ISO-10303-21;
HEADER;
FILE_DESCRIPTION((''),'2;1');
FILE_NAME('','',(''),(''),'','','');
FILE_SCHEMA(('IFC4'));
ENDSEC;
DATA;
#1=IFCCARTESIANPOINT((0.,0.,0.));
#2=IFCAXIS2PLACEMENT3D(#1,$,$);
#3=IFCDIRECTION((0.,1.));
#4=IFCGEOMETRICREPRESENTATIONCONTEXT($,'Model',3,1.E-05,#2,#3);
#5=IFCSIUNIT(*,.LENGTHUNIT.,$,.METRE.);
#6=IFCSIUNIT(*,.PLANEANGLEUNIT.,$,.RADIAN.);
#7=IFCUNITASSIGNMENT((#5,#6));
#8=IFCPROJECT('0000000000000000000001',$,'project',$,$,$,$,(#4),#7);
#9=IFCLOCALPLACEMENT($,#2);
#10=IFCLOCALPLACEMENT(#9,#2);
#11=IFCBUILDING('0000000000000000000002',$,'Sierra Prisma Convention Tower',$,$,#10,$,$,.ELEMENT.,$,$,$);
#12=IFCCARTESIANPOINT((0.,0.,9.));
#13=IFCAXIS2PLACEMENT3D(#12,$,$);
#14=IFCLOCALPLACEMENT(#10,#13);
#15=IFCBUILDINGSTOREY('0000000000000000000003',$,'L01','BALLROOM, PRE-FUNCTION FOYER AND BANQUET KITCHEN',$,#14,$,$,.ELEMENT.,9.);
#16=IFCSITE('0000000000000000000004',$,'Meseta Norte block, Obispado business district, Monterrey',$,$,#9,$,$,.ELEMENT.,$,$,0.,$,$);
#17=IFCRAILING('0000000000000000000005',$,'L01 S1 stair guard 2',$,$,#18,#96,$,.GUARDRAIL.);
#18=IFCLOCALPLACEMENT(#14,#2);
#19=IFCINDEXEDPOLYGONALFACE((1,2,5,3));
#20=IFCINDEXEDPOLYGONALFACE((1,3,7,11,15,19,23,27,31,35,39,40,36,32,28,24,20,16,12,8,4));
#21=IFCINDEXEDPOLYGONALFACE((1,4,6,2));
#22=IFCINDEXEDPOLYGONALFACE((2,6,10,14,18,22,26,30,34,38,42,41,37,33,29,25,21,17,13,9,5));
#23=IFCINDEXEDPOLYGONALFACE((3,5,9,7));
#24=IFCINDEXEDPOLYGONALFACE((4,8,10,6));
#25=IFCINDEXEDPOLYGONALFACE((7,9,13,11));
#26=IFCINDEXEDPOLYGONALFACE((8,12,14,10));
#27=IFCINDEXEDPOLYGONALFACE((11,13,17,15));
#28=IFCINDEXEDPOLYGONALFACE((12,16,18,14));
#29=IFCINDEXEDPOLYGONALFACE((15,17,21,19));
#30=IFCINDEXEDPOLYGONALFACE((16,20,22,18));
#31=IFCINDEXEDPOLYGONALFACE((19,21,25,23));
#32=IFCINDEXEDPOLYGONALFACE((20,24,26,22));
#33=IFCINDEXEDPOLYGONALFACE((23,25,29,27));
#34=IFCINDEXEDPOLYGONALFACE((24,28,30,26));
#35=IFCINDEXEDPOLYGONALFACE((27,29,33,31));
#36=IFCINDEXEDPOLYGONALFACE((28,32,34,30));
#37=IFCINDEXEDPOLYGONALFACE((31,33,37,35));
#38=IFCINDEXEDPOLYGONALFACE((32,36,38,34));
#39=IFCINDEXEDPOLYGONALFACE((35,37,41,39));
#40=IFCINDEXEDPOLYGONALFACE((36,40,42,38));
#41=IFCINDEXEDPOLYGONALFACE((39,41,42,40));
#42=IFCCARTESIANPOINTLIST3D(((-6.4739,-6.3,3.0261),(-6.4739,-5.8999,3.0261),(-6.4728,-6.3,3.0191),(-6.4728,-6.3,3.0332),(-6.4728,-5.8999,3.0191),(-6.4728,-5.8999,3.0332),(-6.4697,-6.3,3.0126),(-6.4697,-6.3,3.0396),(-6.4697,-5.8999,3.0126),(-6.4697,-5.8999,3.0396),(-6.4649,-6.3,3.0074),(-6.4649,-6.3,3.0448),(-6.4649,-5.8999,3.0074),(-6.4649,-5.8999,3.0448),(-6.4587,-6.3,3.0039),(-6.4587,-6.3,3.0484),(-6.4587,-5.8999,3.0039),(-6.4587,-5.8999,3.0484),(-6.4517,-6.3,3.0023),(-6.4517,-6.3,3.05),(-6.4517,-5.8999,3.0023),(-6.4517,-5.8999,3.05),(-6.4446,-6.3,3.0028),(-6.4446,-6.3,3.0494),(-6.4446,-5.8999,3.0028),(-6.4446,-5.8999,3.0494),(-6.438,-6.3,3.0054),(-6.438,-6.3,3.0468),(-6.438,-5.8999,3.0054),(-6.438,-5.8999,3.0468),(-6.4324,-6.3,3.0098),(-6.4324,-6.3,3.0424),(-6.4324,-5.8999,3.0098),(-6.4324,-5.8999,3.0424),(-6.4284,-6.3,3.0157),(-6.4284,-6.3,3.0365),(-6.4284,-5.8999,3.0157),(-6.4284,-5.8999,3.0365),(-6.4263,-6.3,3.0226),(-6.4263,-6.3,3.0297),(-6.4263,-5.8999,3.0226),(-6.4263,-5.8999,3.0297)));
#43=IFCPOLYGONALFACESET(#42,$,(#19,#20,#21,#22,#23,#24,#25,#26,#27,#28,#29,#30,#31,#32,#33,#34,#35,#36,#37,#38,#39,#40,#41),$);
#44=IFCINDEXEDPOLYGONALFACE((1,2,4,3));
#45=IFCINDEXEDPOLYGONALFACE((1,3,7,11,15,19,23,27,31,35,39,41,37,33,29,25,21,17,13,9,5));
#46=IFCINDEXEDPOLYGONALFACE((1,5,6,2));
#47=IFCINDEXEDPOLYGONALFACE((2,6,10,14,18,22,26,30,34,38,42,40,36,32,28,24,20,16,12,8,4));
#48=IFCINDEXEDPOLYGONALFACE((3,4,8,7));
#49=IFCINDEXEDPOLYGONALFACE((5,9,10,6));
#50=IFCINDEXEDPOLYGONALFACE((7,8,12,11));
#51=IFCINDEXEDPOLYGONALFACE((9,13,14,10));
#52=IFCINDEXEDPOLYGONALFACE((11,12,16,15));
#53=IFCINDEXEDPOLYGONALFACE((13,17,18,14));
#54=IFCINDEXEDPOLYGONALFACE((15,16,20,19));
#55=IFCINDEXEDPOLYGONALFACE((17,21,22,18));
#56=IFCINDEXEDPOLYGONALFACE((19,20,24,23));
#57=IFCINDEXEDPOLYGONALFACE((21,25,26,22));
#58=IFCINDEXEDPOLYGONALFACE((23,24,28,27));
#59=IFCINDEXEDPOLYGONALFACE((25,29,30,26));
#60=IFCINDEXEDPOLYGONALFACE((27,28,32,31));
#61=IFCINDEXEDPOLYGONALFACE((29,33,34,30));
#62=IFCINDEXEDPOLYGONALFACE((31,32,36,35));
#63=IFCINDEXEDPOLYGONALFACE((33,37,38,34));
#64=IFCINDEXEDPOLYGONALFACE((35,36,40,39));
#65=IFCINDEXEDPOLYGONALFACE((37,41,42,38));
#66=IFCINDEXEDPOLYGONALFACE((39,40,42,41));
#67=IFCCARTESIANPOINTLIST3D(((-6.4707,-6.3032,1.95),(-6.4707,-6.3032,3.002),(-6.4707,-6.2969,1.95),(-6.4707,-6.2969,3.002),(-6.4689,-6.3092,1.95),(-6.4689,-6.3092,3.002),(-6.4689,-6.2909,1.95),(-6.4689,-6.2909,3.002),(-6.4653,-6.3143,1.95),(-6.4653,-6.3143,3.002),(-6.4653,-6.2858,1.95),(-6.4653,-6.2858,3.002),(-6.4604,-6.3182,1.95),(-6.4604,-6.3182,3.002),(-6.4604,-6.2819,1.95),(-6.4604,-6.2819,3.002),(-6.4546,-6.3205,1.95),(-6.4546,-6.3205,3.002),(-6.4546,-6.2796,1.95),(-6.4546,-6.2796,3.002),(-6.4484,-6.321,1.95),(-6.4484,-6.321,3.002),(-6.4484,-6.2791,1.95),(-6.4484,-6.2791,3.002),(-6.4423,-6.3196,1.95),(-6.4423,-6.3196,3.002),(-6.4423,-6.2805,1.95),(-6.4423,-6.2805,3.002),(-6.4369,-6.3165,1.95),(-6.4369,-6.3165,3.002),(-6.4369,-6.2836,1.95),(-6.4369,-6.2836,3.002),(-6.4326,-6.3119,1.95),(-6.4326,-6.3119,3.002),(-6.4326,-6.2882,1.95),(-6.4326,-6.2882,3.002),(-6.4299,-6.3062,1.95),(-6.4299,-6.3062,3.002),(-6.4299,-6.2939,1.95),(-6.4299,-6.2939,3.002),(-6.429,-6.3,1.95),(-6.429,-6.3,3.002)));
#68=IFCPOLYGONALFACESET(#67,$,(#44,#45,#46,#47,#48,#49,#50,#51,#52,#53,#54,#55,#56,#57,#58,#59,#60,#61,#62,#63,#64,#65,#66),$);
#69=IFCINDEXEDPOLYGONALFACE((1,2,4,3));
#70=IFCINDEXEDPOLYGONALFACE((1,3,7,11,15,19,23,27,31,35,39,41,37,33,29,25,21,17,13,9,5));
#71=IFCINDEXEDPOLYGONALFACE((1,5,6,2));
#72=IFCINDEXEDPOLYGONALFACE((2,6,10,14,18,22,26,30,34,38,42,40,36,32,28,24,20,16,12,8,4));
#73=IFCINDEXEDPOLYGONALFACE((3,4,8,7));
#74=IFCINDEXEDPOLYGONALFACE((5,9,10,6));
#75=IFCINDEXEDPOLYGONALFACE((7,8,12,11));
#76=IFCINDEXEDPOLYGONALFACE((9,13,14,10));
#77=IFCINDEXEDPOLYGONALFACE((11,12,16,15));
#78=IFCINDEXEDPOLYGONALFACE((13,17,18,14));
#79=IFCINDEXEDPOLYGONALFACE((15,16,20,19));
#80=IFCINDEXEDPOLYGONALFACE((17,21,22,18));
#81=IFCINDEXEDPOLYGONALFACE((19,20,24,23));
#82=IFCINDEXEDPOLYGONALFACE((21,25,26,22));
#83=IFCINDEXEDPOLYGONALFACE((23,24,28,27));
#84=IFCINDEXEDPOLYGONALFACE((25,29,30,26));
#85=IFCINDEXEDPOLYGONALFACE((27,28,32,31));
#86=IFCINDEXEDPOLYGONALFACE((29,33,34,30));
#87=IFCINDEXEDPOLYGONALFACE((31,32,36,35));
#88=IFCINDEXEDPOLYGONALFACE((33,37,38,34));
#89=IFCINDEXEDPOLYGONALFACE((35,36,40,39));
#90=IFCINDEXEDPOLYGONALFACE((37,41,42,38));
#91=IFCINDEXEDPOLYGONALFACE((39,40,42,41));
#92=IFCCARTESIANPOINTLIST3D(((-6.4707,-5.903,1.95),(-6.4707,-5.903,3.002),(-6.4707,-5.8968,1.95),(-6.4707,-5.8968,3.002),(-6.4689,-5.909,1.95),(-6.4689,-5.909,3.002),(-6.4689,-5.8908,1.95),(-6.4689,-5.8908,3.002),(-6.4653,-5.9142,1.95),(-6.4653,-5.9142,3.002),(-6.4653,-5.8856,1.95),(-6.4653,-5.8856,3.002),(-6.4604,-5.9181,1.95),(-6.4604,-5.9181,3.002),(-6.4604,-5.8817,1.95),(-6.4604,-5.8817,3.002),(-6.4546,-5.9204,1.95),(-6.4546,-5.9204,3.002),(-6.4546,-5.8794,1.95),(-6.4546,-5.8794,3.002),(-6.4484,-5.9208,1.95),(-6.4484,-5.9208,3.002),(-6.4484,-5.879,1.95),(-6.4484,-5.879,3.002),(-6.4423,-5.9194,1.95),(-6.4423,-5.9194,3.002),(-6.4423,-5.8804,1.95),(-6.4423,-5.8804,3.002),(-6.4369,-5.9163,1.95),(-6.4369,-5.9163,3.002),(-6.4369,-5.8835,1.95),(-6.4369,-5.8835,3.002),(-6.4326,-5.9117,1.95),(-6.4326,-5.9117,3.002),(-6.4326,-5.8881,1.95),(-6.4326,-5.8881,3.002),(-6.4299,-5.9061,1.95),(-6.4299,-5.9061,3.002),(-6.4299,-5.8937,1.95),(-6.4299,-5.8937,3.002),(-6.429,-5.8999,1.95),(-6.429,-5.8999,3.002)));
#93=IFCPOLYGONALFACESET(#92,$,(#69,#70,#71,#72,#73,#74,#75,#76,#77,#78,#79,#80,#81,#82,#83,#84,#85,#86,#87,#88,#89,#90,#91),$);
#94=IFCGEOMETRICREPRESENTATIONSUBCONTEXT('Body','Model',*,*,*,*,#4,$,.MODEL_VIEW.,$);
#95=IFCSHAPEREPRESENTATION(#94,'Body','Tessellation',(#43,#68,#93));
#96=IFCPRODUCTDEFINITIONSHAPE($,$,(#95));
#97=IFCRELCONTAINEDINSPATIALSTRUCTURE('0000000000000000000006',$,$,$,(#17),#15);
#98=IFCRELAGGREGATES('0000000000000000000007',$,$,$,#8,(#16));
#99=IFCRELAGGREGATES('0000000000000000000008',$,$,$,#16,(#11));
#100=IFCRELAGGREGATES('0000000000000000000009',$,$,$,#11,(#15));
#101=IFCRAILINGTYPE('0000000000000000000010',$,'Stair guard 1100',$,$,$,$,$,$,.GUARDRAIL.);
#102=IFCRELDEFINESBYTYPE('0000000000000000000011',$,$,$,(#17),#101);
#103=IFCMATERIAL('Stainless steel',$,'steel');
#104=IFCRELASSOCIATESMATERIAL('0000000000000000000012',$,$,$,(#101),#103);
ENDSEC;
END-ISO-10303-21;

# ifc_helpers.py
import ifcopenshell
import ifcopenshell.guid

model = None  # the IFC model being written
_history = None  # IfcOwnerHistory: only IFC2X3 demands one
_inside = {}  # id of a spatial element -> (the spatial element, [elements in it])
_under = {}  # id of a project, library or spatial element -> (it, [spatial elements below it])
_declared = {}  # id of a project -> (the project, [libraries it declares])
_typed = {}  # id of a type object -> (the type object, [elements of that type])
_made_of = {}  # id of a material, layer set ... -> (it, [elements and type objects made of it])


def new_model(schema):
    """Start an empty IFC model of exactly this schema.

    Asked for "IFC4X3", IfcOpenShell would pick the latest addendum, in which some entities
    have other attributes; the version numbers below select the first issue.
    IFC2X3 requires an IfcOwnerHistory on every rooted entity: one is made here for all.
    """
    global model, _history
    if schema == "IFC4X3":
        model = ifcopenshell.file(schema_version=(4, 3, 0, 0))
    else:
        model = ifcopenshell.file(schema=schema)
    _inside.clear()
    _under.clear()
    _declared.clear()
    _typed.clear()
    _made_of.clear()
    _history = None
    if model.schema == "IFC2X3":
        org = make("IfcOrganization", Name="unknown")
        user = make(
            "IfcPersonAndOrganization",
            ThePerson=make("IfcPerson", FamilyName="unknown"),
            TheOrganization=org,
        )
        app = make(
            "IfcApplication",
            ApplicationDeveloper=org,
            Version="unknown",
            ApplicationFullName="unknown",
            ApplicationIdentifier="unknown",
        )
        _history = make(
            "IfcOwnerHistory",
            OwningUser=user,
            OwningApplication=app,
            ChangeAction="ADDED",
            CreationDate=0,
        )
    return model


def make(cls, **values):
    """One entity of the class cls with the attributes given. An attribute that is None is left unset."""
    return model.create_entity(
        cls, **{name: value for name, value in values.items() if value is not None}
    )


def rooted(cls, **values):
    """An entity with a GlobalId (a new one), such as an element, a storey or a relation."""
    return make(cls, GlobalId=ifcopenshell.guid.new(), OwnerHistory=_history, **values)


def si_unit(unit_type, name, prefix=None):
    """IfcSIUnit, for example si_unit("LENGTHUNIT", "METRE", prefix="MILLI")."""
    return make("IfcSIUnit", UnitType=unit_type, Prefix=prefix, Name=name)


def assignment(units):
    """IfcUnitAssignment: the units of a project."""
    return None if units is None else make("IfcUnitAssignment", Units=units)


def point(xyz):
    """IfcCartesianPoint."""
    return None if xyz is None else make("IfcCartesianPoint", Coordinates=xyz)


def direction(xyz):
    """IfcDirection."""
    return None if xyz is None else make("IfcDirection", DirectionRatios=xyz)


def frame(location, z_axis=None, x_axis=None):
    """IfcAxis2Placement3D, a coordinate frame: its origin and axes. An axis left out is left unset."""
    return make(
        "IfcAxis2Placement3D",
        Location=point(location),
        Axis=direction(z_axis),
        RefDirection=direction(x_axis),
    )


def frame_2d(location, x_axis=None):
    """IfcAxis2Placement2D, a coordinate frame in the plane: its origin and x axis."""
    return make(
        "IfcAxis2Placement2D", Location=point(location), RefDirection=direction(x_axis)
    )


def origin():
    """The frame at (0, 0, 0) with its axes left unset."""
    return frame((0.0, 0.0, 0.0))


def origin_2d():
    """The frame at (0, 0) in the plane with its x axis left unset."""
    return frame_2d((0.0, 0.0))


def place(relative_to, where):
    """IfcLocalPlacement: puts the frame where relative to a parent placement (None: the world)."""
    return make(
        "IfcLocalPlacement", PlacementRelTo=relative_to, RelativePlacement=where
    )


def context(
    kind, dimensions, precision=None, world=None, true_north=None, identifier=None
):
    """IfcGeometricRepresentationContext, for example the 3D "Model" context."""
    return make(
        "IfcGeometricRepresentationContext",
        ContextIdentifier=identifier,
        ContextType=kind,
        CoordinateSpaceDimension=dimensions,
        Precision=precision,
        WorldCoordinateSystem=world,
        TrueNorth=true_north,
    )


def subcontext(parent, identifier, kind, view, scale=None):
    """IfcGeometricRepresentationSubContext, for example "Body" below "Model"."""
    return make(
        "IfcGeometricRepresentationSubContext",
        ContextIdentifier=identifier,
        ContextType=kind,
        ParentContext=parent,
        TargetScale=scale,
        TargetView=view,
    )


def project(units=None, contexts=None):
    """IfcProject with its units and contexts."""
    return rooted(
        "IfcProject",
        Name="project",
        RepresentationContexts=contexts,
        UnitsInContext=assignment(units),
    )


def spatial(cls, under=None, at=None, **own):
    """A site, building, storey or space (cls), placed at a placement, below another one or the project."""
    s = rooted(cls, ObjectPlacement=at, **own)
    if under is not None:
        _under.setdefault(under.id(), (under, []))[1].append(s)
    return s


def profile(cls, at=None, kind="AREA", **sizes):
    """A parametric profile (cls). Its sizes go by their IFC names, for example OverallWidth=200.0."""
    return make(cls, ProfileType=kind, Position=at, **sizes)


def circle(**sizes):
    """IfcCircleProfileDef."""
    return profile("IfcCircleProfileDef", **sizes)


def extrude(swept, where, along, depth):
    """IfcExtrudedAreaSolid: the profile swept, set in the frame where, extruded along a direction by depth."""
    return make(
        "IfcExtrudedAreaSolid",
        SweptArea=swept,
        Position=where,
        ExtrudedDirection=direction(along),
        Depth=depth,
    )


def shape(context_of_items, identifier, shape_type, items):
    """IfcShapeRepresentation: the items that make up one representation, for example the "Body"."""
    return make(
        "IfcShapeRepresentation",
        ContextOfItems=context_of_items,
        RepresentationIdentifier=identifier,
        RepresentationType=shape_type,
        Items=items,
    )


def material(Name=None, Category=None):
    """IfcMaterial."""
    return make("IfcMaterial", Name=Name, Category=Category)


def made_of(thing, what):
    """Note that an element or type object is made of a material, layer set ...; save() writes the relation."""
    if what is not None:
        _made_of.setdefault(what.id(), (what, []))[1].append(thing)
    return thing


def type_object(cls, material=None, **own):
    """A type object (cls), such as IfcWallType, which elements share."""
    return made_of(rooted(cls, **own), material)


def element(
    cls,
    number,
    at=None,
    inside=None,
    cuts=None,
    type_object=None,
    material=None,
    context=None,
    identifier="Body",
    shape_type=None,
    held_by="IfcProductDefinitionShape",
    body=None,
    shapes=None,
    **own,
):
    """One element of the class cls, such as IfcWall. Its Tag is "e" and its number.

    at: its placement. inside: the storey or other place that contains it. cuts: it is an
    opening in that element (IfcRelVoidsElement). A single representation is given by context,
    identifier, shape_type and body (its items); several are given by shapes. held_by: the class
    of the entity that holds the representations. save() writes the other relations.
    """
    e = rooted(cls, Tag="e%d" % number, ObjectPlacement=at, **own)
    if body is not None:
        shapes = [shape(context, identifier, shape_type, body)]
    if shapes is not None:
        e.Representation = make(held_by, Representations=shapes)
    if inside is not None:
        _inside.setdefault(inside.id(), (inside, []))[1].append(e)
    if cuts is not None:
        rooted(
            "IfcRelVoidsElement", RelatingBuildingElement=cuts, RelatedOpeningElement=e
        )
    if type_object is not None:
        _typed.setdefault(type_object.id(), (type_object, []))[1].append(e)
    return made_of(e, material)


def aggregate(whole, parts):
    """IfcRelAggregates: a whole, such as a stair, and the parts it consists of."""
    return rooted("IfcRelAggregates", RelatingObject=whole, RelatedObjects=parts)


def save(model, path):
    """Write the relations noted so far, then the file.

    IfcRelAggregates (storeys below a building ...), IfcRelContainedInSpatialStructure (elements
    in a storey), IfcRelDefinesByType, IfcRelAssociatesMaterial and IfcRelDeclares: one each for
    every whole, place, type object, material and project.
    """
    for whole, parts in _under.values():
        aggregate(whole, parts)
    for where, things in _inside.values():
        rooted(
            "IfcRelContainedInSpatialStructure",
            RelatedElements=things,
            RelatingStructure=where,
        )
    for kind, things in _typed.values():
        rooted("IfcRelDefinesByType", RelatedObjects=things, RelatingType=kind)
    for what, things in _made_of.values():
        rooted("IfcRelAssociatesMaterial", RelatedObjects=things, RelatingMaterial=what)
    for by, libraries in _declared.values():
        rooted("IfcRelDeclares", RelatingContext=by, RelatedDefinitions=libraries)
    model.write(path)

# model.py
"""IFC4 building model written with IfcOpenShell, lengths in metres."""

from ifc_helpers import new_model, si_unit, direction, frame, origin, origin_2d, place, context, subcontext, project, spatial, circle, extrude, material, type_object, element, save


model = new_model("IFC4")

# Units and contexts
model_context = context("Model", 3, precision=1e-05, world=origin(), true_north=direction((0.0, 1.0)))
body_context = subcontext(model_context, "Body", "Model", "MODEL_VIEW")
ifc_project = project(units=[si_unit("LENGTHUNIT", "METRE"), si_unit("PLANEANGLEUNIT", "RADIAN")], contexts=[model_context])

# Site, building, storey
site_placement = place(None, origin())
site = spatial("IfcSite", under=ifc_project, at=site_placement, Name="Meseta Norte block, Obispado business district, Monterrey", CompositionType="ELEMENT", RefElevation=0.0)
building_placement = place(site_placement, origin())
building = spatial("IfcBuilding", under=site, at=building_placement, Name="Sierra Prisma Convention Tower", CompositionType="ELEMENT")
storey_placement = place(building_placement, frame((0.0, 0.0, 9.0)))
storey = spatial("IfcBuildingStorey", under=building, at=storey_placement, Name="L01", Description="BALLROOM, PRE-FUNCTION FOYER AND BANQUET KITCHEN", CompositionType="ELEMENT", Elevation=9.0)

# Railing
ifc_material_1 = material(Name="Stainless steel", Category="steel")
railing_type_1 = type_object("IfcRailingType", Name="Stair guard 1100", PredefinedType="GUARDRAIL", material=ifc_material_1)
railing_1_placement = place(storey_placement, frame((-6.45, -6.3, 1.95)))
element("IfcRailing", 1, at=railing_1_placement, inside=storey, type_object=railing_type_1, Name="L01 S1 stair guard 2", PredefinedType="GUARDRAIL", context=body_context, shape_type="SweptSolid", body=[
    extrude(circle(Radius=0.0239, at=origin_2d()), frame((0.0, 0.0, 1.0762), z_axis=(0.0, 1.0, 0.0), x_axis=(-1.0, 0.0, 0.0)), (0.0, 0.0, 1.0), 0.4001),
    extrude(circle(Radius=0.021, at=origin_2d()), origin(), (0.0, 0.0, 1.0), 1.052),
    extrude(circle(Radius=0.021, at=origin_2d()), frame((0.0, 0.4001, 0.0)), (0.0, 0.0, 1.0), 1.052),
])

save(model, "model.ifc")
